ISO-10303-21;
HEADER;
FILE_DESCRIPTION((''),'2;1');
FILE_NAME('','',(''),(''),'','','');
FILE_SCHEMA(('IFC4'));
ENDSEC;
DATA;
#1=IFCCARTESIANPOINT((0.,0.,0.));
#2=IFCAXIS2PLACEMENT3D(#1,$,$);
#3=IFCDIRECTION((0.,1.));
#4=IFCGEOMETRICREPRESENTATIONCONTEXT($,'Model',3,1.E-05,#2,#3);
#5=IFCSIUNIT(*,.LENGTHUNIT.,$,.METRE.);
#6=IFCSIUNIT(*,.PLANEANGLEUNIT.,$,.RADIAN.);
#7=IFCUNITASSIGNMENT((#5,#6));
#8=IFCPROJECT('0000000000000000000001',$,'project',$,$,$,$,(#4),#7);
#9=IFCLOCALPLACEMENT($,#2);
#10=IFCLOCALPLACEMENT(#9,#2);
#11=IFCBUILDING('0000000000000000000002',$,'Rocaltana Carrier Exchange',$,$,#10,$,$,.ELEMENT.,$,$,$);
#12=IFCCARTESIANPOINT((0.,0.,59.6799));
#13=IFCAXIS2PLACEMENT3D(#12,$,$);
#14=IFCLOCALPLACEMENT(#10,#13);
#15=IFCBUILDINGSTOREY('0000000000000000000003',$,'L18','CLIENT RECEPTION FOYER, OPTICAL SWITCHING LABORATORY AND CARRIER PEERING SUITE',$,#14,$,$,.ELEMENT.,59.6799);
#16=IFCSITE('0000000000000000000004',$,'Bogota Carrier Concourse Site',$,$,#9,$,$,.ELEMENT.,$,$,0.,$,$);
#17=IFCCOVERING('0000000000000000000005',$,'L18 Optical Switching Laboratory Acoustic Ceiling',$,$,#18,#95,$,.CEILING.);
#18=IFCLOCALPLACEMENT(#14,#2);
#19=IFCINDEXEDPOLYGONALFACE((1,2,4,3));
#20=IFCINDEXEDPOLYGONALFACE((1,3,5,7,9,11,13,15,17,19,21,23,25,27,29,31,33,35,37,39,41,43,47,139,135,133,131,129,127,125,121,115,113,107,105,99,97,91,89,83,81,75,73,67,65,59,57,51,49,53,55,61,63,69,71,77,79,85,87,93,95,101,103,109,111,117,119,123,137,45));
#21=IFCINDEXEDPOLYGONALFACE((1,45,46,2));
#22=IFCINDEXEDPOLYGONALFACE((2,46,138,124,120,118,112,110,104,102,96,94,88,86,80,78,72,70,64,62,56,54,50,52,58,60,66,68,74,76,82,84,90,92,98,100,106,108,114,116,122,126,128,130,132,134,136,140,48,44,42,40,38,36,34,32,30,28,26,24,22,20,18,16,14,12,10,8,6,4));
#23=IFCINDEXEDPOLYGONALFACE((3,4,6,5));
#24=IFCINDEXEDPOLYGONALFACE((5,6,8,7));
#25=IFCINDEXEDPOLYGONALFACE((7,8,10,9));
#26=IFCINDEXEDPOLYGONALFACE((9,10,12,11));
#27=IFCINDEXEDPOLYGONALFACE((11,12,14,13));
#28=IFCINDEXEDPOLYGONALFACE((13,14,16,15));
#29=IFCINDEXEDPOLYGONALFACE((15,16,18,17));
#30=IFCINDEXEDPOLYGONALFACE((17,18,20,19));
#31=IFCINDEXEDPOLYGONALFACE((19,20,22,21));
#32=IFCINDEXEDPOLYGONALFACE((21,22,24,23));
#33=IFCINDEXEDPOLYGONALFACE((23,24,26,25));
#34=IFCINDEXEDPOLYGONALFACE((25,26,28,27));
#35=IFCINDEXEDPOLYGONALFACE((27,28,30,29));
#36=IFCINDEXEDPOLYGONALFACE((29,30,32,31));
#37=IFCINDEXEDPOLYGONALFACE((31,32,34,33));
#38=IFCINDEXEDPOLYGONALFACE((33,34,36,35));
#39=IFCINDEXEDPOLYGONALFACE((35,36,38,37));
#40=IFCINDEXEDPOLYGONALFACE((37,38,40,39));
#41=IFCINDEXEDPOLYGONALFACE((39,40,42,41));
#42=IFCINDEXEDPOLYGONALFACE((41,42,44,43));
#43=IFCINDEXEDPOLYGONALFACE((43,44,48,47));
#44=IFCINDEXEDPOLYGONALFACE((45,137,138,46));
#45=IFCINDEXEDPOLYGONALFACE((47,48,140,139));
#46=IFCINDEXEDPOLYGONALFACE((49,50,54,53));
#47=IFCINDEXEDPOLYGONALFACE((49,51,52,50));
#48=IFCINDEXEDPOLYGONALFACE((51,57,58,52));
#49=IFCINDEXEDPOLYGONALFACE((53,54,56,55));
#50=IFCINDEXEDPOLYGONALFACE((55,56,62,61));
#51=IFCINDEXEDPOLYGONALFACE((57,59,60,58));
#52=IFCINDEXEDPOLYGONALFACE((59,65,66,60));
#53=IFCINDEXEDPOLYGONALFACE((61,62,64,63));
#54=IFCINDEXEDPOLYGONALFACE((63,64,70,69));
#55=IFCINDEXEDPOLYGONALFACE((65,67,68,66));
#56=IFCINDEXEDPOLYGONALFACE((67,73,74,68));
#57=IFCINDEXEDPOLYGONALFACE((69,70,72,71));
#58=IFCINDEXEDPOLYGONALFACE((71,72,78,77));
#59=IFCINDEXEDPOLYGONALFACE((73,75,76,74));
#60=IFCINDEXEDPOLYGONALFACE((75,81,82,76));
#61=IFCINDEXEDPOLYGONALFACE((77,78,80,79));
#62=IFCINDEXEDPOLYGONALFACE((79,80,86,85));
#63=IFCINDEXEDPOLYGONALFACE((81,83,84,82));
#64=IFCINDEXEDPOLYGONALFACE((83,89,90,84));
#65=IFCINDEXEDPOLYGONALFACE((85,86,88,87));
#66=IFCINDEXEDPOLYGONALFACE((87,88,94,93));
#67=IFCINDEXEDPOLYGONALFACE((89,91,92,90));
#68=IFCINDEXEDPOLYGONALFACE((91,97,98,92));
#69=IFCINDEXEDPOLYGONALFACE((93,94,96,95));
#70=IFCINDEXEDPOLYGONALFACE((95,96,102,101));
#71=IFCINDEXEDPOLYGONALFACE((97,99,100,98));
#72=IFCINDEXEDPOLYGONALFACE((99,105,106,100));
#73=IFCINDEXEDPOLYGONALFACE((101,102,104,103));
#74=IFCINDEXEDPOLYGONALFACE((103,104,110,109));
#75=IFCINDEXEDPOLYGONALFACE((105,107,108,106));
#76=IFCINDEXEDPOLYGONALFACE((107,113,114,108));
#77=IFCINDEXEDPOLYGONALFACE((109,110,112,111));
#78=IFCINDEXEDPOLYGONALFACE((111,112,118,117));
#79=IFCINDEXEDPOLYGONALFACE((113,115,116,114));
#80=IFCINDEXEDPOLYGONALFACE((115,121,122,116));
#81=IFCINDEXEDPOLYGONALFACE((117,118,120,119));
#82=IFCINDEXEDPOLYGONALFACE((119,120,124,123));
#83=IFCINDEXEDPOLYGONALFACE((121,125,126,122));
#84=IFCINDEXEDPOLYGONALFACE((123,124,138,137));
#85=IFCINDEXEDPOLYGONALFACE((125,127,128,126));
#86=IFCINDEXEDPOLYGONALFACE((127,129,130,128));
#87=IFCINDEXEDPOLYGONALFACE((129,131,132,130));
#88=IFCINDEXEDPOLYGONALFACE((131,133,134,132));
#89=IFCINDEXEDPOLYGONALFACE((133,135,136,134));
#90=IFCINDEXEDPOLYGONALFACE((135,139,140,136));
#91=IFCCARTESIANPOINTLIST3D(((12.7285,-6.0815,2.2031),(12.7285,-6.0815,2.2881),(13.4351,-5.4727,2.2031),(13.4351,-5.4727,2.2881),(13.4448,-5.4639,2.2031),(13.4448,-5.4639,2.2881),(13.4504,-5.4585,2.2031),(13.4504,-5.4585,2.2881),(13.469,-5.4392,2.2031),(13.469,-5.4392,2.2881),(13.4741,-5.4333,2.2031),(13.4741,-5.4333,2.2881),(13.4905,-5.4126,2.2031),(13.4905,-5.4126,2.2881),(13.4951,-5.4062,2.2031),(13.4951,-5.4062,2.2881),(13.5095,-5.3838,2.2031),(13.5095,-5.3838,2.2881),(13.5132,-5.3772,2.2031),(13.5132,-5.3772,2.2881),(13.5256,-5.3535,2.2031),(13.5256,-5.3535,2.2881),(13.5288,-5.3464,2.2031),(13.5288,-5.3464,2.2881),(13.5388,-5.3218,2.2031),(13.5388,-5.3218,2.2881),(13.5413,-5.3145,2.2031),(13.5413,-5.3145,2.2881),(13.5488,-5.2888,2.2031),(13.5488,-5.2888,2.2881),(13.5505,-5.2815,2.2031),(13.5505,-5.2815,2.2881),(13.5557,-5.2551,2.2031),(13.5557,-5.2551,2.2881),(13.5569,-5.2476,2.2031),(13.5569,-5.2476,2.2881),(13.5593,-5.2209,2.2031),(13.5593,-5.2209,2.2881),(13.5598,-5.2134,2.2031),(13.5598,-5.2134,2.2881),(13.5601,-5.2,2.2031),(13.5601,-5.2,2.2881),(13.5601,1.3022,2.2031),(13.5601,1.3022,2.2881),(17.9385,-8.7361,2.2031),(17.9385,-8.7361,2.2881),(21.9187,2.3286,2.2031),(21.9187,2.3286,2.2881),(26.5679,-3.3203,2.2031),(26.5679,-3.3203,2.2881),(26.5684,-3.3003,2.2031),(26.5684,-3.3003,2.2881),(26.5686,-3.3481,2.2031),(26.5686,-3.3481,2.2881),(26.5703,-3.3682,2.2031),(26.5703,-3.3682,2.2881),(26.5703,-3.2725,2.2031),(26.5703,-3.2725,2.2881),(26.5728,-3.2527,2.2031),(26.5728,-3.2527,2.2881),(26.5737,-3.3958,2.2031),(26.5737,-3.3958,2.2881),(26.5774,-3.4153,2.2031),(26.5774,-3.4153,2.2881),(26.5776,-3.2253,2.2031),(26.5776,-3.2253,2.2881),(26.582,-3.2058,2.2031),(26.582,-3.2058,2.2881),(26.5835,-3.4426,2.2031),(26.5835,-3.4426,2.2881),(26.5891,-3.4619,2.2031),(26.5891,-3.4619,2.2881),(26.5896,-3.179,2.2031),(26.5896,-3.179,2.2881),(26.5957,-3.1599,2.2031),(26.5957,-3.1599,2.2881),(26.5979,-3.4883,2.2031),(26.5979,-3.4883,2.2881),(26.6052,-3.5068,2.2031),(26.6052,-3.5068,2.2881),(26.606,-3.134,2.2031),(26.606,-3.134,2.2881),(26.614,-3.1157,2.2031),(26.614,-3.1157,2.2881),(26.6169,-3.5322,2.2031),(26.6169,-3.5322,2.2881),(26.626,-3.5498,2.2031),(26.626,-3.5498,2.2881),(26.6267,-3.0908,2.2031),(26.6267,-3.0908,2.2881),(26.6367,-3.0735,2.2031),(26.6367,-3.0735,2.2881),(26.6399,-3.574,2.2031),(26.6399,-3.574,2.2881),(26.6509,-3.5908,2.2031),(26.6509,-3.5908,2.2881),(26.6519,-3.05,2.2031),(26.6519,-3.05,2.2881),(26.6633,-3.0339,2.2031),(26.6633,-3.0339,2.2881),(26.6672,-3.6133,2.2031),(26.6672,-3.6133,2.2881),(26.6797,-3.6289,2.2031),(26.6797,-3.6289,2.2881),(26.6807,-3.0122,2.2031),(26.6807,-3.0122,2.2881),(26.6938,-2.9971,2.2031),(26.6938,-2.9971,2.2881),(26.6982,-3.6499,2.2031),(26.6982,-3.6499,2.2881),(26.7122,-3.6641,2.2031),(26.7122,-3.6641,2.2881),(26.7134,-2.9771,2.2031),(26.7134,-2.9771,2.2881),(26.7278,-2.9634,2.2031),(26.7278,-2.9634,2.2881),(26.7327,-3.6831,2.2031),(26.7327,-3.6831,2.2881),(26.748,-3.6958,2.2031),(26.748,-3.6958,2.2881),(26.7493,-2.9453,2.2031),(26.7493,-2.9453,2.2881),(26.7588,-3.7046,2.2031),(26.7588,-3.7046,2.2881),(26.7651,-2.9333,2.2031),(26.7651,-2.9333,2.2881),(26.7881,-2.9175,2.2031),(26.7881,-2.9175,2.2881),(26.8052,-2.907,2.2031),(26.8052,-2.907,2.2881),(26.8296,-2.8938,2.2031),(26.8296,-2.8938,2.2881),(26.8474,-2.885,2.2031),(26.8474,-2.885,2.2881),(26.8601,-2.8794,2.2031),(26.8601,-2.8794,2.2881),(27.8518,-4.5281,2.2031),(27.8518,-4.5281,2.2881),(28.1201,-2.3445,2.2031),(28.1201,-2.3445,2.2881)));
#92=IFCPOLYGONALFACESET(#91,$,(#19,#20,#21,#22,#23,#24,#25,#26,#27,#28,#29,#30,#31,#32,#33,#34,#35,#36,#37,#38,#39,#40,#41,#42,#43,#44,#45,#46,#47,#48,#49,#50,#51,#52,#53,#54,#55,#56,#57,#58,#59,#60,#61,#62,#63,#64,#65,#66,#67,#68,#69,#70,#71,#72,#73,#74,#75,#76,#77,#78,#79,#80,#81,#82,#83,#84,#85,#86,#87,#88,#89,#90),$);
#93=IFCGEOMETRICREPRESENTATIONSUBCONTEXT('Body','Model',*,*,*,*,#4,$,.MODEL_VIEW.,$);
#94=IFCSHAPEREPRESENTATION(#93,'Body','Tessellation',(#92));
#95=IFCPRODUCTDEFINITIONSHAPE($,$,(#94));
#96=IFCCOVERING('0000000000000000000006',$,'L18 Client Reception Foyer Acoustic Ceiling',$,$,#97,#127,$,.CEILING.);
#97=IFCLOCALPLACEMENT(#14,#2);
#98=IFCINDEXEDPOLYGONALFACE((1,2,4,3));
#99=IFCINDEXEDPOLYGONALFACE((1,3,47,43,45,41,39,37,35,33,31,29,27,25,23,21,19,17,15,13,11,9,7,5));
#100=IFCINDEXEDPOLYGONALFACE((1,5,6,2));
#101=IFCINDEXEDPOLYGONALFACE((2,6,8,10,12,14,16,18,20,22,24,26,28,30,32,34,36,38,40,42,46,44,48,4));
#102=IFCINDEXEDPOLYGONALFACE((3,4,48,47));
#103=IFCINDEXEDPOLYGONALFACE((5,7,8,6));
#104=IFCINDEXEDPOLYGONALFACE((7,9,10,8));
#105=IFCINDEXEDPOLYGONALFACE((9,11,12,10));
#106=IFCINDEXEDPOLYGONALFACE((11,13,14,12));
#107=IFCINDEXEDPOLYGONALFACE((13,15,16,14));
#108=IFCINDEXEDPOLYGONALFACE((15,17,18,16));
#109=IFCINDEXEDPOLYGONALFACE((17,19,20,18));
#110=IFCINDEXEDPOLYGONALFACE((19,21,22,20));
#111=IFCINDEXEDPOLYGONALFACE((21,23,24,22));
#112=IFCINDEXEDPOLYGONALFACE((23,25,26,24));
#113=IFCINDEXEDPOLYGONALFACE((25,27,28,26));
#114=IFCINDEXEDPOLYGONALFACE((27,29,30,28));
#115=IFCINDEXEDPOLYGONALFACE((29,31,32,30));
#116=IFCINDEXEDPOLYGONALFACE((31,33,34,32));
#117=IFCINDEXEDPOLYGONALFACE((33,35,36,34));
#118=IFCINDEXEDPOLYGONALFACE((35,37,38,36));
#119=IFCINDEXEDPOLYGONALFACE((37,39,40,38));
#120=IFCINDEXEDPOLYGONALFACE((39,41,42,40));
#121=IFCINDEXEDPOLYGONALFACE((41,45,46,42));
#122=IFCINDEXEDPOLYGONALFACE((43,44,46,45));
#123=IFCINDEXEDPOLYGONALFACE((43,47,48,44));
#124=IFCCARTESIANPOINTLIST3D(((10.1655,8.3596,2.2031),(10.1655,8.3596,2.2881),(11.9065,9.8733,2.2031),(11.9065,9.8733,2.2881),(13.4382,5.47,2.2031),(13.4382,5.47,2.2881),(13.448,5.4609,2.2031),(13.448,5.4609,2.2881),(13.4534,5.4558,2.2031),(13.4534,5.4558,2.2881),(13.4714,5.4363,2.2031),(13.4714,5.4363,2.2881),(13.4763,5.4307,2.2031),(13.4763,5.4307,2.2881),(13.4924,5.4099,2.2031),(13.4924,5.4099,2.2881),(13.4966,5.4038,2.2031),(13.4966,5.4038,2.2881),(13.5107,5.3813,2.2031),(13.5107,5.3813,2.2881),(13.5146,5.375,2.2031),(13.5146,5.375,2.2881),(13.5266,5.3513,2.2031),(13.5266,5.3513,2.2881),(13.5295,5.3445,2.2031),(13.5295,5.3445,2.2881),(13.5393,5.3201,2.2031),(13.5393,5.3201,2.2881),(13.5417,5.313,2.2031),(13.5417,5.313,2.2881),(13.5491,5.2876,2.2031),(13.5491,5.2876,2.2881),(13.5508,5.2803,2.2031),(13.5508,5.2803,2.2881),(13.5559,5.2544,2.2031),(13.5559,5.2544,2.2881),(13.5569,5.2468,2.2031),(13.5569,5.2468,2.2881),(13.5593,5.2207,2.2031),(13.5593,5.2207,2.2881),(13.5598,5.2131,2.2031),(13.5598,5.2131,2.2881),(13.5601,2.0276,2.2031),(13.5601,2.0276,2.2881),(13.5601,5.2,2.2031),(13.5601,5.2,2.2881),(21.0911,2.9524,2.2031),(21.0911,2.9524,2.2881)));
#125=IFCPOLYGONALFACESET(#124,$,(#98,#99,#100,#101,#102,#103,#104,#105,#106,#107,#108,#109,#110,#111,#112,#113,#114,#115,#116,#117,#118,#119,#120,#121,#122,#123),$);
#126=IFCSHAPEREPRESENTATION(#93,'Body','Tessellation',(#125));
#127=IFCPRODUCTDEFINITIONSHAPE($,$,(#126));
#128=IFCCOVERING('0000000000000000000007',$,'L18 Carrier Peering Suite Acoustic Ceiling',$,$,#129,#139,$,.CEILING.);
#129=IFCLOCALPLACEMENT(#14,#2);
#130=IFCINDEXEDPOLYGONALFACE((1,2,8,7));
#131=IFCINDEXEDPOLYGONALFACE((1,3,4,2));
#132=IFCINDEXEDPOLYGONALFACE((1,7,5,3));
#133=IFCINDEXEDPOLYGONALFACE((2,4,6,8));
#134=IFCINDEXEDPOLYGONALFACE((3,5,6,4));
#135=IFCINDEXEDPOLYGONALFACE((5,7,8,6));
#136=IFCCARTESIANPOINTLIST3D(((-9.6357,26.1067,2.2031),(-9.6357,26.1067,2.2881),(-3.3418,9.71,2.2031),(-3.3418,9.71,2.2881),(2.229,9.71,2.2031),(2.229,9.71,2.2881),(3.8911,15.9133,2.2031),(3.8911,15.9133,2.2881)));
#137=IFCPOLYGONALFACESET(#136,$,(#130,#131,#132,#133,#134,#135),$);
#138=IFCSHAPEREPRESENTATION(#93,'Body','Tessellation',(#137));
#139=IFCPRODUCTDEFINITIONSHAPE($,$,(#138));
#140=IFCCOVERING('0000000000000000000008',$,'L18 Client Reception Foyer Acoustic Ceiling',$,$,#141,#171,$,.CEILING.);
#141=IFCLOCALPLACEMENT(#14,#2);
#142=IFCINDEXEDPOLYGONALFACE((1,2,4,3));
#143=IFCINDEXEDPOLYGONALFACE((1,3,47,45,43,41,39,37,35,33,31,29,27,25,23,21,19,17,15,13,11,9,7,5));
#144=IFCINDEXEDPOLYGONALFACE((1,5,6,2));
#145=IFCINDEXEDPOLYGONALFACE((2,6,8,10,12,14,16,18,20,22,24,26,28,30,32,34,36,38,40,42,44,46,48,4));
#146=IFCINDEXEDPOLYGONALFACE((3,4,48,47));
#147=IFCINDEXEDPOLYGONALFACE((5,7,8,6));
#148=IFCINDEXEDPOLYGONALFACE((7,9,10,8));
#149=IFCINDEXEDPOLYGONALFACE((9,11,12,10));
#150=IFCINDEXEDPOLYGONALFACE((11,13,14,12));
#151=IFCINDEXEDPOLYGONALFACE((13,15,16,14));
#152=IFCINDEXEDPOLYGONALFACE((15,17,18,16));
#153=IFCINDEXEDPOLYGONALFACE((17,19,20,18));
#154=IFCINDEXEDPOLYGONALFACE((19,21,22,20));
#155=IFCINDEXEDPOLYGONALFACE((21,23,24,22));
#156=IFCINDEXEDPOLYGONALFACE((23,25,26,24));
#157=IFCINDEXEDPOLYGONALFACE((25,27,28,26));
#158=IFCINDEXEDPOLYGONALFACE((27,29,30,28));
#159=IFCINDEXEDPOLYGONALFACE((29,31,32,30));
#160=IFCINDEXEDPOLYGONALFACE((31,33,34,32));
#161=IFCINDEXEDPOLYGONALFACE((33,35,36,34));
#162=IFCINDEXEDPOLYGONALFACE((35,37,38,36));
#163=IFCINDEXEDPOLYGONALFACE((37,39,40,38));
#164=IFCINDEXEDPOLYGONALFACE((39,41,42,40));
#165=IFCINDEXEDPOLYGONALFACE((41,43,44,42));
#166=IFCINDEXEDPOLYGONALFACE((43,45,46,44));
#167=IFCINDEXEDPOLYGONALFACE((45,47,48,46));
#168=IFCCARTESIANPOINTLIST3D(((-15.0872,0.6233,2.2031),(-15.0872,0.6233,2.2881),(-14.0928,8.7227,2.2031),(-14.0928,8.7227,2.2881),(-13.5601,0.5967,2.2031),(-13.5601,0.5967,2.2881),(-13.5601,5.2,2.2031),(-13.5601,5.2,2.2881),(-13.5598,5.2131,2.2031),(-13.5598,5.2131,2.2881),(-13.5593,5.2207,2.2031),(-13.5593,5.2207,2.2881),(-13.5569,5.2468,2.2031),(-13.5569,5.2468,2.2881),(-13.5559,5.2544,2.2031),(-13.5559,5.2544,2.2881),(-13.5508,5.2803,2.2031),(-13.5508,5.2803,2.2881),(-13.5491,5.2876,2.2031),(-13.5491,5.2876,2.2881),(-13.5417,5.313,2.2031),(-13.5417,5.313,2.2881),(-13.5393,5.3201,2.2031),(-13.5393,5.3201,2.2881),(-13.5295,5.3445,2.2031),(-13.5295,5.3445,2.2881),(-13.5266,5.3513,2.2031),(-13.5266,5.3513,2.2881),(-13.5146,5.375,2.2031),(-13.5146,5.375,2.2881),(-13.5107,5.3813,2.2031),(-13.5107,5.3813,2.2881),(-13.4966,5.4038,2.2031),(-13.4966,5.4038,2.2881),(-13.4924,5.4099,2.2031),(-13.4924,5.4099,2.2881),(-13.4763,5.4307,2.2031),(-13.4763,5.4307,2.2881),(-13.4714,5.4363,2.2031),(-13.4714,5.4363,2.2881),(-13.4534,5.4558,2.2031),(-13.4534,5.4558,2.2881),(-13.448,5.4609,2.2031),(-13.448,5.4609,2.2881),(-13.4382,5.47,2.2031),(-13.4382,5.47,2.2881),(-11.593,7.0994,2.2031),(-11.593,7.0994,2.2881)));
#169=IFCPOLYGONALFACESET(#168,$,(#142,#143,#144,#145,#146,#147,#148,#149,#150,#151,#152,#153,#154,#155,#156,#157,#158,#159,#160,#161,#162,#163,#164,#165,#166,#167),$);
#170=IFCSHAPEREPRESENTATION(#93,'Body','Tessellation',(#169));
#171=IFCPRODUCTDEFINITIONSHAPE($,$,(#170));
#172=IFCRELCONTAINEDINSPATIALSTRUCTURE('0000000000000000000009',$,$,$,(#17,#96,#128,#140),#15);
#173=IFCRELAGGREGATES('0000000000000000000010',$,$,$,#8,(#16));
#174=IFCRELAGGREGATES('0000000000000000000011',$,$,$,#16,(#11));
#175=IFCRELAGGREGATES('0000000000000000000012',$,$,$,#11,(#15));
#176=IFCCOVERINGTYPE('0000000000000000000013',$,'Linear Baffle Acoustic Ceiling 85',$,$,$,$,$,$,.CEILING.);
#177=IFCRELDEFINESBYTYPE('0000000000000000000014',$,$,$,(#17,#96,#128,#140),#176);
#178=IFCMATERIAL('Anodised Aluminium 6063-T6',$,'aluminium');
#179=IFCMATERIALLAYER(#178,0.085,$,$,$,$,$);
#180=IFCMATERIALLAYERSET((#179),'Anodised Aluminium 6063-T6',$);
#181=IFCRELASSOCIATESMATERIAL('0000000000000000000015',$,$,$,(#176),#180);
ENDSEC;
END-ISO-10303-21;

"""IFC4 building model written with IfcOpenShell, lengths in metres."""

from ifc_helpers import new_model, si_unit, direction, frame, origin, place, context, subcontext, project, spatial, polyline, outline, extrude, material, layer, layer_set, type_object, element, save


model = new_model("IFC4")

# Units and contexts
model_context = context("Model", 3, precision=1e-05, world=origin(), true_north=direction((0.0, 1.0)))
body_context = subcontext(model_context, "Body", "Model", "MODEL_VIEW")
ifc_project = project(units=[si_unit("LENGTHUNIT", "METRE"), si_unit("PLANEANGLEUNIT", "RADIAN")], contexts=[model_context])

# Site, building, storey
site_placement = place(None, origin())
site = spatial("IfcSite", under=ifc_project, at=site_placement, Name="Bogota Carrier Concourse Site", CompositionType="ELEMENT", RefElevation=0.0)
building_placement = place(site_placement, origin())
building = spatial("IfcBuilding", under=site, at=building_placement, Name="Rocaltana Carrier Exchange", CompositionType="ELEMENT")
storey_placement = place(building_placement, frame((0.0, 0.0, 59.6799)))
storey = spatial("IfcBuildingStorey", under=building, at=storey_placement, Name="L18", Description="CLIENT RECEPTION FOYER, OPTICAL SWITCHING LABORATORY AND CARRIER PEERING SUITE", CompositionType="ELEMENT", Elevation=59.6799)

# Coverings
ifc_material_1 = material(Name="Anodised Aluminium 6063-T6", Category="aluminium")
ifc_layer_1 = layer(ifc_material_1, 0.085)
ifc_layer_set_1 = layer_set([ifc_layer_1], Name="Anodised Aluminium 6063-T6")
covering_type_1 = type_object("IfcCoveringType", Name="Linear Baffle Acoustic Ceiling 85", PredefinedType="CEILING", material=ifc_layer_set_1)
covering_1_placement = place(storey_placement, frame((0.0, 0.0, 2.2031)))
element("IfcCovering", 1, at=covering_1_placement, inside=storey, type_object=covering_type_1, Name="L18 Optical Switching Laboratory Acoustic Ceiling", PredefinedType="CEILING", context=body_context, shape_type="SweptSolid", body=[
    extrude(outline(polyline([(28.1201, -2.3445), (26.8601, -2.8794), (26.8474, -2.885), (26.8296, -2.8938), (26.8052, -2.907), (26.7881, -2.9175), (26.7651, -2.9333), (26.7493, -2.9453), (26.7278, -2.9634), (26.7134, -2.9771), (26.6938, -2.9971), (26.6807, -3.0122), (26.6633, -3.0339), (26.6519, -3.05), (26.6367, -3.0735), (26.6267, -3.0908), (26.614, -3.1157), (26.606, -3.134), (26.5957, -3.1599), (26.5896, -3.179), (26.582, -3.2058), (26.5776, -3.2253), (26.5728, -3.2527), (26.5703, -3.2725), (26.5684, -3.3003), (26.5679, -3.3203), (26.5686, -3.3481), (26.5703, -3.3682), (26.5737, -3.3958), (26.5774, -3.4153), (26.5835, -3.4426), (26.5891, -3.4619), (26.5979, -3.4883), (26.6052, -3.5068), (26.6169, -3.5322), (26.626, -3.5498), (26.6399, -3.574), (26.6509, -3.5908), (26.6672, -3.6133), (26.6797, -3.6289), (26.6982, -3.6499), (26.7122, -3.6641), (26.7327, -3.6831), (26.748, -3.6958), (26.7588, -3.7046), (27.8518, -4.5281), (17.9385, -8.7361), (12.7285, -6.0815), (13.4351, -5.4727), (13.4448, -5.4639), (13.4504, -5.4585), (13.469, -5.4392), (13.4741, -5.4333), (13.4905, -5.4126), (13.4951, -5.4062), (13.5095, -5.3838), (13.5132, -5.3772), (13.5256, -5.3535), (13.5288, -5.3464), (13.5388, -5.3218), (13.5413, -5.3145), (13.5488, -5.2888), (13.5505, -5.2815), (13.5557, -5.2551), (13.5569, -5.2476), (13.5593, -5.2209), (13.5598, -5.2134), (13.5601, -5.2), (13.5601, 1.3022), (21.9187, 2.3286), (28.1201, -2.3445)])), origin(), (0.0, 0.0, 1.0), 0.085),
])
covering_2_placement = place(storey_placement, frame((0.0, 0.0, 2.2031)))
element("IfcCovering", 2, at=covering_2_placement, inside=storey, type_object=covering_type_1, Name="L18 Client Reception Foyer Acoustic Ceiling", PredefinedType="CEILING", context=body_context, shape_type="SweptSolid", body=[
    extrude(outline(polyline([(21.0911, 2.9524), (13.5601, 2.0276), (13.5601, 5.2), (13.5598, 5.2131), (13.5593, 5.2207), (13.5569, 5.2468), (13.5559, 5.2544), (13.5508, 5.2803), (13.5491, 5.2876), (13.5417, 5.313), (13.5393, 5.3201), (13.5295, 5.3445), (13.5266, 5.3513), (13.5146, 5.375), (13.5107, 5.3813), (13.4966, 5.4038), (13.4924, 5.4099), (13.4763, 5.4307), (13.4714, 5.4363), (13.4534, 5.4558), (13.448, 5.4609), (13.4382, 5.47), (10.1655, 8.3596), (11.9065, 9.8733), (21.0911, 2.9524)])), origin(), (0.0, 0.0, 1.0), 0.085),
])
covering_3_placement = place(storey_placement, frame((0.0, 0.0, 2.2031)))
element("IfcCovering", 3, at=covering_3_placement, inside=storey, type_object=covering_type_1, Name="L18 Carrier Peering Suite Acoustic Ceiling", PredefinedType="CEILING", context=body_context, shape_type="SweptSolid", body=[
    extrude(outline(polyline([(-9.6357, 26.1067), (3.8911, 15.9133), (2.229, 9.71), (-3.3418, 9.71), (-9.6357, 26.1067)])), origin(), (0.0, 0.0, 1.0), 0.085),
])
covering_4_placement = place(storey_placement, frame((0.0, 0.0, 2.2031)))
element("IfcCovering", 4, at=covering_4_placement, inside=storey, type_object=covering_type_1, Name="L18 Client Reception Foyer Acoustic Ceiling", PredefinedType="CEILING", context=body_context, shape_type="SweptSolid", body=[
    extrude(outline(polyline([(-14.0928, 8.7227), (-11.593, 7.0994), (-13.4382, 5.47), (-13.448, 5.4609), (-13.4534, 5.4558), (-13.4714, 5.4363), (-13.4763, 5.4307), (-13.4924, 5.4099), (-13.4966, 5.4038), (-13.5107, 5.3813), (-13.5146, 5.375), (-13.5266, 5.3513), (-13.5295, 5.3445), (-13.5393, 5.3201), (-13.5417, 5.313), (-13.5491, 5.2876), (-13.5508, 5.2803), (-13.5559, 5.2544), (-13.5569, 5.2468), (-13.5593, 5.2207), (-13.5598, 5.2131), (-13.5601, 5.2), (-13.5601, 0.5967), (-15.0872, 0.6233), (-14.0928, 8.7227)])), origin(), (0.0, 0.0, 1.0), 0.085),
])

save(model, "model.ifc")
